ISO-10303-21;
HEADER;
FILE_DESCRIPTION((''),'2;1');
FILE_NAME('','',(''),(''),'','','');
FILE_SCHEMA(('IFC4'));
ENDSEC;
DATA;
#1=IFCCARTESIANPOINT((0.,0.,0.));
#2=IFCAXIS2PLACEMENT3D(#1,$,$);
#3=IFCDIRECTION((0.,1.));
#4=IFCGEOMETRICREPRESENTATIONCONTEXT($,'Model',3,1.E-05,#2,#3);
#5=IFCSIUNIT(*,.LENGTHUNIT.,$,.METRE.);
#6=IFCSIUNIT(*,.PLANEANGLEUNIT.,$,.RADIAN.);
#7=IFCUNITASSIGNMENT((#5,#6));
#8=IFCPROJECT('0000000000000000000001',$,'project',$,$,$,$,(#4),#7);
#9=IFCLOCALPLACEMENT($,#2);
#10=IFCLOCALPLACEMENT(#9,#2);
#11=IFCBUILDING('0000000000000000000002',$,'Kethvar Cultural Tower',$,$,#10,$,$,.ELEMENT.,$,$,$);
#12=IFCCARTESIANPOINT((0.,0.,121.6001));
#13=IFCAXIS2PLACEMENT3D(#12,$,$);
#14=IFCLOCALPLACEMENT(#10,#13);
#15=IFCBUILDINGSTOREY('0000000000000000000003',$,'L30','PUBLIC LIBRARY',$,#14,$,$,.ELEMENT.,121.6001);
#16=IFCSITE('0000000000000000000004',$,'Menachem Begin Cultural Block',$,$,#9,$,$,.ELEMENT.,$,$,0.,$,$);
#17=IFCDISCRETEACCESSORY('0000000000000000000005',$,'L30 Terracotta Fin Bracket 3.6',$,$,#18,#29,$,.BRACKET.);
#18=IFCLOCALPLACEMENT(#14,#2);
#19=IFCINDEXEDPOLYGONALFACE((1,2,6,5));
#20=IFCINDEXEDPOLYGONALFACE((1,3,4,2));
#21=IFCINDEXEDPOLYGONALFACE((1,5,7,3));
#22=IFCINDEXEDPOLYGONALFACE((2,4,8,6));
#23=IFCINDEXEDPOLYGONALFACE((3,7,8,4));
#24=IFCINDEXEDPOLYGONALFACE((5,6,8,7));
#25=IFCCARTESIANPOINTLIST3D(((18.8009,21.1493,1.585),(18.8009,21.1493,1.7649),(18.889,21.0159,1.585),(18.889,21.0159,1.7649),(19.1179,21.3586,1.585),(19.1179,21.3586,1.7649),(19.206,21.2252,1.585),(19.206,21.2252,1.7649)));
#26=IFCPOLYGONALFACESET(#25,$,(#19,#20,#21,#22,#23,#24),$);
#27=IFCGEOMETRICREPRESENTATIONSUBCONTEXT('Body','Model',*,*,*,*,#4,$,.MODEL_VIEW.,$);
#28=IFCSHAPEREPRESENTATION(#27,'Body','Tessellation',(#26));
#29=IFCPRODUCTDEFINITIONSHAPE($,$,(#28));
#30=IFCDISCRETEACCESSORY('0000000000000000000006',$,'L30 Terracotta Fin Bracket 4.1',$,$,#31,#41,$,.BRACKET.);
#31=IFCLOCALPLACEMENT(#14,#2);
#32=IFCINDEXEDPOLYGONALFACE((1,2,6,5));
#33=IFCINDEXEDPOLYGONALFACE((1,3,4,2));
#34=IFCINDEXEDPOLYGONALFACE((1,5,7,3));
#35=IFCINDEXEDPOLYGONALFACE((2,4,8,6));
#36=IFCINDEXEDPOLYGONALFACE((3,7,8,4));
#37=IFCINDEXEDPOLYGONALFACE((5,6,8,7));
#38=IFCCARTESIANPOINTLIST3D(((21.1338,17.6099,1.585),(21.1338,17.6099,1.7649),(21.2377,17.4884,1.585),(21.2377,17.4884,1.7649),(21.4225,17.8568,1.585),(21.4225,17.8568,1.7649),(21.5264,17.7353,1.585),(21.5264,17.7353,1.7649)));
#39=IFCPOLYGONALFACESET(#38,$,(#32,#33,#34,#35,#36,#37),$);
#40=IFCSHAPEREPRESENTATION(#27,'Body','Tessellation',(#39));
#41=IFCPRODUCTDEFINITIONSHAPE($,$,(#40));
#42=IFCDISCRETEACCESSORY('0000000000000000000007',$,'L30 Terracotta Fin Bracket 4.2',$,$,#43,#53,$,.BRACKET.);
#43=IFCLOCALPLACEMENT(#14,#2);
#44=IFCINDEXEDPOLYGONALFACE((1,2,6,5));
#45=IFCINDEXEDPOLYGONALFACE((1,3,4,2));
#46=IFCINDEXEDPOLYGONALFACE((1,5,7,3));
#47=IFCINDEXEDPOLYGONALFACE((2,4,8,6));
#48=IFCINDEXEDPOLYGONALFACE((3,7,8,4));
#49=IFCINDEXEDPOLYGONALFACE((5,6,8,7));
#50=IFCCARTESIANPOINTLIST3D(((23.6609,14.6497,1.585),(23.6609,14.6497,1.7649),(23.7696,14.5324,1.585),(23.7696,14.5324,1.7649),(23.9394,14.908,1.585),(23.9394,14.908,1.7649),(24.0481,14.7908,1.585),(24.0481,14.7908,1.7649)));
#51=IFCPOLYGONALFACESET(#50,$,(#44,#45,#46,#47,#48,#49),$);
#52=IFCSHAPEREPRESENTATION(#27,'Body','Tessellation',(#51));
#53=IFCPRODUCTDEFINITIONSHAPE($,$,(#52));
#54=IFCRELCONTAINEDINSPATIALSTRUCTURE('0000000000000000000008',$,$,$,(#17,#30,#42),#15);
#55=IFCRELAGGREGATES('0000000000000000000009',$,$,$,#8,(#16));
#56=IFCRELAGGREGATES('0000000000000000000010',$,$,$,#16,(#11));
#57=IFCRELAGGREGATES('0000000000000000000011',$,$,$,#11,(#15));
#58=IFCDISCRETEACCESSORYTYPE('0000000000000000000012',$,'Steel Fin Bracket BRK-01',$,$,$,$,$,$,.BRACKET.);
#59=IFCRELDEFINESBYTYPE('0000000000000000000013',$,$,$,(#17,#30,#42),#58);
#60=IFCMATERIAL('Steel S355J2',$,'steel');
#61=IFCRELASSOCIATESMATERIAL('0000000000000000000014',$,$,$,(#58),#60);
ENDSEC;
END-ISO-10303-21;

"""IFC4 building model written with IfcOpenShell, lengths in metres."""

from ifc_helpers import new_model, si_unit, direction, frame, origin, origin_2d, place, context, subcontext, project, spatial, rectangle, extrude, source, transform, mapped, material, type_object, element, save


model = new_model("IFC4")

# Units and contexts
model_context = context("Model", 3, precision=1e-05, world=origin(), true_north=direction((0.0, 1.0)))
body_context = subcontext(model_context, "Body", "Model", "MODEL_VIEW")
ifc_project = project(units=[si_unit("LENGTHUNIT", "METRE"), si_unit("PLANEANGLEUNIT", "RADIAN")], contexts=[model_context])

# Site, building, storey
site_placement = place(None, origin())
site = spatial("IfcSite", under=ifc_project, at=site_placement, Name="Menachem Begin Cultural Block", CompositionType="ELEMENT", RefElevation=0.0)
building_placement = place(site_placement, origin())
building = spatial("IfcBuilding", under=site, at=building_placement, Name="Kethvar Cultural Tower", CompositionType="ELEMENT")
storey_placement = place(building_placement, frame((0.0, 0.0, 121.6001)))
storey = spatial("IfcBuildingStorey", under=building, at=storey_placement, Name="L30", Description="PUBLIC LIBRARY", CompositionType="ELEMENT", Elevation=121.6001)

# Shared definitions
ifc_material_1 = material(Name="Steel S355J2", Category="steel")

# Discrete accessories
discrete_accessory_type = type_object("IfcDiscreteAccessoryType", Name="Steel Fin Bracket BRK-01", PredefinedType="BRACKET", material=ifc_material_1)
shared_shape_1 = source(origin(), body_context, "Body", "SweptSolid", [
    extrude(rectangle(XDim=0.3799, YDim=0.1599, at=origin_2d()), origin(), (0.0, 0.0, 1.0), 0.1799),
])
for number, where, z_axis, x_axis, name in (
    (1, (19.0034, 21.1873, 1.585), (0.0, 0.0, 1.0), (-0.834463, -0.551063, 0.0), "L30 Terracotta Fin Bracket 3.6"),
    (2, (21.3301, 17.6726, 1.585), (0.0, 0.0, 1.0), (-0.760066, -0.649846, 0.0), "L30 Terracotta Fin Bracket 4.1"),
    (3, (23.8545, 14.7202, 1.585), (0.0, 0.0, 1.0), (-0.733137, -0.680081, 0.0), "L30 Terracotta Fin Bracket 4.2"),
):
    element("IfcDiscreteAccessory", number, at=place(storey_placement, frame(where, z_axis=z_axis, x_axis=x_axis)), inside=storey, type_object=discrete_accessory_type, Name=name, PredefinedType="BRACKET", context=body_context, shape_type="MappedRepresentation", body=[
        mapped(shared_shape_1, transform((0.0, 0.0, 0.0), scale=1.0)),
    ])

save(model, "model.ifc")
